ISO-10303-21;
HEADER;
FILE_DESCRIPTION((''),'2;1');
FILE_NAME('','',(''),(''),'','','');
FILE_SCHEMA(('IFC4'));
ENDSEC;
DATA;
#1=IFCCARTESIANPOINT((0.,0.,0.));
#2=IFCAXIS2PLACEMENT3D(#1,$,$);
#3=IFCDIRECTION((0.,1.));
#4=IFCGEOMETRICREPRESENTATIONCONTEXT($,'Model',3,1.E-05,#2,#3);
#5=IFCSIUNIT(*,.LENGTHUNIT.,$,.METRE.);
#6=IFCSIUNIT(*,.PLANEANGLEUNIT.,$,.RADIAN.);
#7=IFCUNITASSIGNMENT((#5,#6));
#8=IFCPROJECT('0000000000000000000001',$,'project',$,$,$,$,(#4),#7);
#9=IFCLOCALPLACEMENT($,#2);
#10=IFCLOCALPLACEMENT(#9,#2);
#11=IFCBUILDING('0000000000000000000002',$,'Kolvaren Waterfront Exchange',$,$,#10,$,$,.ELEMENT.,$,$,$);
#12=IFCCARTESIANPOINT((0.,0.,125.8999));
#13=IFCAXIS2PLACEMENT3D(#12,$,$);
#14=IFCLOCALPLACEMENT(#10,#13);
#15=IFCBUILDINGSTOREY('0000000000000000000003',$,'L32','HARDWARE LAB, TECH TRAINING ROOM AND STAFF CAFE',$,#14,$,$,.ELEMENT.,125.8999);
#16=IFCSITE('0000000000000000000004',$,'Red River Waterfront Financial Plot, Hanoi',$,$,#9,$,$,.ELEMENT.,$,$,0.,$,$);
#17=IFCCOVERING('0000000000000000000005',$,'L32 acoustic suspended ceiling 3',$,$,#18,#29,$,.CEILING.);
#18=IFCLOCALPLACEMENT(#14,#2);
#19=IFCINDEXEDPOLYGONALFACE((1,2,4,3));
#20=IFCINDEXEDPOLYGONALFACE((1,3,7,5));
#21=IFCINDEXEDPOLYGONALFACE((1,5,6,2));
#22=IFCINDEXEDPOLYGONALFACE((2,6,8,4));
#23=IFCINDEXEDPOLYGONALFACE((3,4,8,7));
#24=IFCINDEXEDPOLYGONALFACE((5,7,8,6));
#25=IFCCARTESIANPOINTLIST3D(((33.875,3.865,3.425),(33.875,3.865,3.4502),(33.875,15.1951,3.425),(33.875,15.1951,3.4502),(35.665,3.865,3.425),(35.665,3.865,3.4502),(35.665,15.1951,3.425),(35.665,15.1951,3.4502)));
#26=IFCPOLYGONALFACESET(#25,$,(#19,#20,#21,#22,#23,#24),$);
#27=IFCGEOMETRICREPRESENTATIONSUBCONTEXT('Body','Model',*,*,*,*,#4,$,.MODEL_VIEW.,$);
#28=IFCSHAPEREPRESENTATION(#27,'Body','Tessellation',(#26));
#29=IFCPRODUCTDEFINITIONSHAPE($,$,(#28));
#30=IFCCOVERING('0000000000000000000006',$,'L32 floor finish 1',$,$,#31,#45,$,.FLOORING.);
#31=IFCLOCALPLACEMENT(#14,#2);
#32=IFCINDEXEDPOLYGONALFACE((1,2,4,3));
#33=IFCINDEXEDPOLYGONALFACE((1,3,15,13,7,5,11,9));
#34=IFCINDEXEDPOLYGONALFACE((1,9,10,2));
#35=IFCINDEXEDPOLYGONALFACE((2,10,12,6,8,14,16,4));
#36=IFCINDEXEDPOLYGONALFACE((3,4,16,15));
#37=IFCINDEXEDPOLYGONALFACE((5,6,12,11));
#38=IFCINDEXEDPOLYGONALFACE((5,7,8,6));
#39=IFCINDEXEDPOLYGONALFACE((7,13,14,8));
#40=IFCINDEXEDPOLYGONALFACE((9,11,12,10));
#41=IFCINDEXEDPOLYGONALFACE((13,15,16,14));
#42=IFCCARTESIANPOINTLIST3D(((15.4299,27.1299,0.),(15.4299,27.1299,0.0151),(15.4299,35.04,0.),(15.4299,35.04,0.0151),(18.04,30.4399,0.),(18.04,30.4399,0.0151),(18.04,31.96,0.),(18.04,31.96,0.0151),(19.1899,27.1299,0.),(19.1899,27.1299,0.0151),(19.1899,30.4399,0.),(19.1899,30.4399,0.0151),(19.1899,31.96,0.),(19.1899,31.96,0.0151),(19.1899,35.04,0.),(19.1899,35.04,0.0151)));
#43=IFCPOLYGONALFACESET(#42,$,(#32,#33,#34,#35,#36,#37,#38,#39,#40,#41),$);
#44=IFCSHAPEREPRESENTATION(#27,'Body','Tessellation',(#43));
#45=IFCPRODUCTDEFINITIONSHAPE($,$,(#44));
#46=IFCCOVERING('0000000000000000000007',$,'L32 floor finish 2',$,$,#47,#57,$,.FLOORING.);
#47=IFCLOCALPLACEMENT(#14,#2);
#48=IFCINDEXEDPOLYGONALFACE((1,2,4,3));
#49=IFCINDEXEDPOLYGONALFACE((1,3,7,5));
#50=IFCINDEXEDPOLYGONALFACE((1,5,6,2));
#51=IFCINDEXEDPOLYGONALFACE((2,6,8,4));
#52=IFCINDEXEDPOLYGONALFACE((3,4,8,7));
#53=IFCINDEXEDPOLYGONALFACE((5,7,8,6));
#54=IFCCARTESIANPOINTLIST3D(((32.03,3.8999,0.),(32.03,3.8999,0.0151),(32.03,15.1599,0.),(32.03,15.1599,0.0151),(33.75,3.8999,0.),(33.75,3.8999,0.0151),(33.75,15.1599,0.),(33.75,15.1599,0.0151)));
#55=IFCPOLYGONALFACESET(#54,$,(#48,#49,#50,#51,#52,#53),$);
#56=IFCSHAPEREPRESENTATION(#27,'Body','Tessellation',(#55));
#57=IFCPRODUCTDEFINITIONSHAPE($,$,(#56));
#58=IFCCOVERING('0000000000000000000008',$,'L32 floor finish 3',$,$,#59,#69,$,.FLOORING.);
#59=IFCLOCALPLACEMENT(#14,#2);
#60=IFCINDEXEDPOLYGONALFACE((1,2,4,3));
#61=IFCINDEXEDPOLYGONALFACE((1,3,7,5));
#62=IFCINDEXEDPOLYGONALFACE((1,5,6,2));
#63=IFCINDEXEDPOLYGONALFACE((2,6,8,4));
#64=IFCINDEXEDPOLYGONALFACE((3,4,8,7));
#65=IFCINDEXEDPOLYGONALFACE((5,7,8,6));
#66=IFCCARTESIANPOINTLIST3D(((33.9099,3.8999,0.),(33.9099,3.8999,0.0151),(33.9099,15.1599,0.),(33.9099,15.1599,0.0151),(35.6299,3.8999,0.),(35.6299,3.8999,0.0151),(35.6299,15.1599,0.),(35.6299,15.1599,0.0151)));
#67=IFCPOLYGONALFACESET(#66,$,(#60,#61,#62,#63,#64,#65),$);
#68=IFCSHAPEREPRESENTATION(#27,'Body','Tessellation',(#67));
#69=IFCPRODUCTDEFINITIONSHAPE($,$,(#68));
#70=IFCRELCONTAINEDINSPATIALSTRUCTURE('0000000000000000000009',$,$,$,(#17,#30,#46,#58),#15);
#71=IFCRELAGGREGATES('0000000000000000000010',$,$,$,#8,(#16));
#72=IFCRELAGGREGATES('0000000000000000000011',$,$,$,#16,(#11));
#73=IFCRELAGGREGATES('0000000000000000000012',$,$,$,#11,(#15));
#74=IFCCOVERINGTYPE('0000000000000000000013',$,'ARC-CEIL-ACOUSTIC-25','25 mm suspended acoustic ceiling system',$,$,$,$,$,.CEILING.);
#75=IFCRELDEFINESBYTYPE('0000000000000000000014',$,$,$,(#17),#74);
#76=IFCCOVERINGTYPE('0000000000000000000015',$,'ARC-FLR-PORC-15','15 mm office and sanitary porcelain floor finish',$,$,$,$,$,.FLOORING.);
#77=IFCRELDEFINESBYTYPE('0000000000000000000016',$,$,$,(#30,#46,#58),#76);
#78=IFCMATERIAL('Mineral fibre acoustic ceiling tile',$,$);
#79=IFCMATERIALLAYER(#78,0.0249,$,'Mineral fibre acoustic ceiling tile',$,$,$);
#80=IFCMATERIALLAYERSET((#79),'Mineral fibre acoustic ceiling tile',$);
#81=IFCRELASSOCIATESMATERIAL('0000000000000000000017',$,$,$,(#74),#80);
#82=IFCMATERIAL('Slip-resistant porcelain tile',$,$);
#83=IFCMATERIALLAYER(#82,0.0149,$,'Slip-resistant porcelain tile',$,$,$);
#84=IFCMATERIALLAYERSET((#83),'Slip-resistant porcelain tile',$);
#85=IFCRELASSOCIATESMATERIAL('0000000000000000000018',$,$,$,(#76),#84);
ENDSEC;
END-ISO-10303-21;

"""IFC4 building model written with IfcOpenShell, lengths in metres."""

from ifc_helpers import new_model, si_unit, direction, frame, origin, place, context, subcontext, project, spatial, polyline, outline, extrude, material, layer, layer_set, type_object, element, save


model = new_model("IFC4")

# Units and contexts
model_context = context("Model", 3, precision=1e-05, world=origin(), true_north=direction((0.0, 1.0)))
body_context = subcontext(model_context, "Body", "Model", "MODEL_VIEW")
ifc_project = project(units=[si_unit("LENGTHUNIT", "METRE"), si_unit("PLANEANGLEUNIT", "RADIAN")], contexts=[model_context])

# Site, building, storey
site_placement = place(None, origin())
site = spatial("IfcSite", under=ifc_project, at=site_placement, Name="Red River Waterfront Financial Plot, Hanoi", CompositionType="ELEMENT", RefElevation=0.0)
building_placement = place(site_placement, origin())
building = spatial("IfcBuilding", under=site, at=building_placement, Name="Kolvaren Waterfront Exchange", CompositionType="ELEMENT")
storey_placement = place(building_placement, frame((0.0, 0.0, 125.8999)))
storey = spatial("IfcBuildingStorey", under=building, at=storey_placement, Name="L32", Description="HARDWARE LAB, TECH TRAINING ROOM AND STAFF CAFE", CompositionType="ELEMENT", Elevation=125.8999)

# Coverings
ifc_material_1 = material(Name="Mineral fibre acoustic ceiling tile")
ifc_layer_1 = layer(ifc_material_1, 0.0249, Name="Mineral fibre acoustic ceiling tile")
ifc_layer_set_1 = layer_set([ifc_layer_1], Name="Mineral fibre acoustic ceiling tile")
covering_type_1 = type_object("IfcCoveringType", Name="ARC-CEIL-ACOUSTIC-25", Description="25 mm suspended acoustic ceiling system", PredefinedType="CEILING", material=ifc_layer_set_1)
covering_1_placement = place(storey_placement, frame((0.0, 0.0, 3.425)))
element("IfcCovering", 1, at=covering_1_placement, inside=storey, type_object=covering_type_1, Name="L32 acoustic suspended ceiling 3", PredefinedType="CEILING", context=body_context, shape_type="SweptSolid", body=[
    extrude(outline(polyline([(35.665, 3.865), (35.665, 15.1951), (33.875, 15.1951), (33.875, 3.865), (35.665, 3.865)])), origin(), (0.0, 0.0, 1.0), 0.0251),
])
ifc_material_2 = material(Name="Slip-resistant porcelain tile")
ifc_layer_2 = layer(ifc_material_2, 0.0149, Name="Slip-resistant porcelain tile")
ifc_layer_set_2 = layer_set([ifc_layer_2], Name="Slip-resistant porcelain tile")
covering_type_2 = type_object("IfcCoveringType", Name="ARC-FLR-PORC-15", Description="15 mm office and sanitary porcelain floor finish", PredefinedType="FLOORING", material=ifc_layer_set_2)
covering_2_placement = place(storey_placement, origin())
element("IfcCovering", 2, at=covering_2_placement, inside=storey, type_object=covering_type_2, Name="L32 floor finish 1", PredefinedType="FLOORING", context=body_context, shape_type="SweptSolid", body=[
    extrude(outline(polyline([(15.4299, 35.04), (15.4299, 27.1299), (19.1899, 27.1299), (19.1899, 30.4399), (18.04, 30.4399), (18.04, 31.96), (19.1899, 31.96), (19.1899, 35.04), (15.4299, 35.04)])), origin(), (0.0, 0.0, 1.0), 0.0151),
])
covering_3_placement = place(storey_placement, origin())
element("IfcCovering", 3, at=covering_3_placement, inside=storey, type_object=covering_type_2, Name="L32 floor finish 2", PredefinedType="FLOORING", context=body_context, shape_type="SweptSolid", body=[
    extrude(outline(polyline([(32.03, 15.1599), (32.03, 3.8999), (33.75, 3.8999), (33.75, 15.1599), (32.03, 15.1599)])), origin(), (0.0, 0.0, 1.0), 0.0151),
])
covering_4_placement = place(storey_placement, origin())
element("IfcCovering", 4, at=covering_4_placement, inside=storey, type_object=covering_type_2, Name="L32 floor finish 3", PredefinedType="FLOORING", context=body_context, shape_type="SweptSolid", body=[
    extrude(outline(polyline([(33.9099, 15.1599), (33.9099, 3.8999), (35.6299, 3.8999), (35.6299, 15.1599), (33.9099, 15.1599)])), origin(), (0.0, 0.0, 1.0), 0.0151),
])

save(model, "model.ifc")
